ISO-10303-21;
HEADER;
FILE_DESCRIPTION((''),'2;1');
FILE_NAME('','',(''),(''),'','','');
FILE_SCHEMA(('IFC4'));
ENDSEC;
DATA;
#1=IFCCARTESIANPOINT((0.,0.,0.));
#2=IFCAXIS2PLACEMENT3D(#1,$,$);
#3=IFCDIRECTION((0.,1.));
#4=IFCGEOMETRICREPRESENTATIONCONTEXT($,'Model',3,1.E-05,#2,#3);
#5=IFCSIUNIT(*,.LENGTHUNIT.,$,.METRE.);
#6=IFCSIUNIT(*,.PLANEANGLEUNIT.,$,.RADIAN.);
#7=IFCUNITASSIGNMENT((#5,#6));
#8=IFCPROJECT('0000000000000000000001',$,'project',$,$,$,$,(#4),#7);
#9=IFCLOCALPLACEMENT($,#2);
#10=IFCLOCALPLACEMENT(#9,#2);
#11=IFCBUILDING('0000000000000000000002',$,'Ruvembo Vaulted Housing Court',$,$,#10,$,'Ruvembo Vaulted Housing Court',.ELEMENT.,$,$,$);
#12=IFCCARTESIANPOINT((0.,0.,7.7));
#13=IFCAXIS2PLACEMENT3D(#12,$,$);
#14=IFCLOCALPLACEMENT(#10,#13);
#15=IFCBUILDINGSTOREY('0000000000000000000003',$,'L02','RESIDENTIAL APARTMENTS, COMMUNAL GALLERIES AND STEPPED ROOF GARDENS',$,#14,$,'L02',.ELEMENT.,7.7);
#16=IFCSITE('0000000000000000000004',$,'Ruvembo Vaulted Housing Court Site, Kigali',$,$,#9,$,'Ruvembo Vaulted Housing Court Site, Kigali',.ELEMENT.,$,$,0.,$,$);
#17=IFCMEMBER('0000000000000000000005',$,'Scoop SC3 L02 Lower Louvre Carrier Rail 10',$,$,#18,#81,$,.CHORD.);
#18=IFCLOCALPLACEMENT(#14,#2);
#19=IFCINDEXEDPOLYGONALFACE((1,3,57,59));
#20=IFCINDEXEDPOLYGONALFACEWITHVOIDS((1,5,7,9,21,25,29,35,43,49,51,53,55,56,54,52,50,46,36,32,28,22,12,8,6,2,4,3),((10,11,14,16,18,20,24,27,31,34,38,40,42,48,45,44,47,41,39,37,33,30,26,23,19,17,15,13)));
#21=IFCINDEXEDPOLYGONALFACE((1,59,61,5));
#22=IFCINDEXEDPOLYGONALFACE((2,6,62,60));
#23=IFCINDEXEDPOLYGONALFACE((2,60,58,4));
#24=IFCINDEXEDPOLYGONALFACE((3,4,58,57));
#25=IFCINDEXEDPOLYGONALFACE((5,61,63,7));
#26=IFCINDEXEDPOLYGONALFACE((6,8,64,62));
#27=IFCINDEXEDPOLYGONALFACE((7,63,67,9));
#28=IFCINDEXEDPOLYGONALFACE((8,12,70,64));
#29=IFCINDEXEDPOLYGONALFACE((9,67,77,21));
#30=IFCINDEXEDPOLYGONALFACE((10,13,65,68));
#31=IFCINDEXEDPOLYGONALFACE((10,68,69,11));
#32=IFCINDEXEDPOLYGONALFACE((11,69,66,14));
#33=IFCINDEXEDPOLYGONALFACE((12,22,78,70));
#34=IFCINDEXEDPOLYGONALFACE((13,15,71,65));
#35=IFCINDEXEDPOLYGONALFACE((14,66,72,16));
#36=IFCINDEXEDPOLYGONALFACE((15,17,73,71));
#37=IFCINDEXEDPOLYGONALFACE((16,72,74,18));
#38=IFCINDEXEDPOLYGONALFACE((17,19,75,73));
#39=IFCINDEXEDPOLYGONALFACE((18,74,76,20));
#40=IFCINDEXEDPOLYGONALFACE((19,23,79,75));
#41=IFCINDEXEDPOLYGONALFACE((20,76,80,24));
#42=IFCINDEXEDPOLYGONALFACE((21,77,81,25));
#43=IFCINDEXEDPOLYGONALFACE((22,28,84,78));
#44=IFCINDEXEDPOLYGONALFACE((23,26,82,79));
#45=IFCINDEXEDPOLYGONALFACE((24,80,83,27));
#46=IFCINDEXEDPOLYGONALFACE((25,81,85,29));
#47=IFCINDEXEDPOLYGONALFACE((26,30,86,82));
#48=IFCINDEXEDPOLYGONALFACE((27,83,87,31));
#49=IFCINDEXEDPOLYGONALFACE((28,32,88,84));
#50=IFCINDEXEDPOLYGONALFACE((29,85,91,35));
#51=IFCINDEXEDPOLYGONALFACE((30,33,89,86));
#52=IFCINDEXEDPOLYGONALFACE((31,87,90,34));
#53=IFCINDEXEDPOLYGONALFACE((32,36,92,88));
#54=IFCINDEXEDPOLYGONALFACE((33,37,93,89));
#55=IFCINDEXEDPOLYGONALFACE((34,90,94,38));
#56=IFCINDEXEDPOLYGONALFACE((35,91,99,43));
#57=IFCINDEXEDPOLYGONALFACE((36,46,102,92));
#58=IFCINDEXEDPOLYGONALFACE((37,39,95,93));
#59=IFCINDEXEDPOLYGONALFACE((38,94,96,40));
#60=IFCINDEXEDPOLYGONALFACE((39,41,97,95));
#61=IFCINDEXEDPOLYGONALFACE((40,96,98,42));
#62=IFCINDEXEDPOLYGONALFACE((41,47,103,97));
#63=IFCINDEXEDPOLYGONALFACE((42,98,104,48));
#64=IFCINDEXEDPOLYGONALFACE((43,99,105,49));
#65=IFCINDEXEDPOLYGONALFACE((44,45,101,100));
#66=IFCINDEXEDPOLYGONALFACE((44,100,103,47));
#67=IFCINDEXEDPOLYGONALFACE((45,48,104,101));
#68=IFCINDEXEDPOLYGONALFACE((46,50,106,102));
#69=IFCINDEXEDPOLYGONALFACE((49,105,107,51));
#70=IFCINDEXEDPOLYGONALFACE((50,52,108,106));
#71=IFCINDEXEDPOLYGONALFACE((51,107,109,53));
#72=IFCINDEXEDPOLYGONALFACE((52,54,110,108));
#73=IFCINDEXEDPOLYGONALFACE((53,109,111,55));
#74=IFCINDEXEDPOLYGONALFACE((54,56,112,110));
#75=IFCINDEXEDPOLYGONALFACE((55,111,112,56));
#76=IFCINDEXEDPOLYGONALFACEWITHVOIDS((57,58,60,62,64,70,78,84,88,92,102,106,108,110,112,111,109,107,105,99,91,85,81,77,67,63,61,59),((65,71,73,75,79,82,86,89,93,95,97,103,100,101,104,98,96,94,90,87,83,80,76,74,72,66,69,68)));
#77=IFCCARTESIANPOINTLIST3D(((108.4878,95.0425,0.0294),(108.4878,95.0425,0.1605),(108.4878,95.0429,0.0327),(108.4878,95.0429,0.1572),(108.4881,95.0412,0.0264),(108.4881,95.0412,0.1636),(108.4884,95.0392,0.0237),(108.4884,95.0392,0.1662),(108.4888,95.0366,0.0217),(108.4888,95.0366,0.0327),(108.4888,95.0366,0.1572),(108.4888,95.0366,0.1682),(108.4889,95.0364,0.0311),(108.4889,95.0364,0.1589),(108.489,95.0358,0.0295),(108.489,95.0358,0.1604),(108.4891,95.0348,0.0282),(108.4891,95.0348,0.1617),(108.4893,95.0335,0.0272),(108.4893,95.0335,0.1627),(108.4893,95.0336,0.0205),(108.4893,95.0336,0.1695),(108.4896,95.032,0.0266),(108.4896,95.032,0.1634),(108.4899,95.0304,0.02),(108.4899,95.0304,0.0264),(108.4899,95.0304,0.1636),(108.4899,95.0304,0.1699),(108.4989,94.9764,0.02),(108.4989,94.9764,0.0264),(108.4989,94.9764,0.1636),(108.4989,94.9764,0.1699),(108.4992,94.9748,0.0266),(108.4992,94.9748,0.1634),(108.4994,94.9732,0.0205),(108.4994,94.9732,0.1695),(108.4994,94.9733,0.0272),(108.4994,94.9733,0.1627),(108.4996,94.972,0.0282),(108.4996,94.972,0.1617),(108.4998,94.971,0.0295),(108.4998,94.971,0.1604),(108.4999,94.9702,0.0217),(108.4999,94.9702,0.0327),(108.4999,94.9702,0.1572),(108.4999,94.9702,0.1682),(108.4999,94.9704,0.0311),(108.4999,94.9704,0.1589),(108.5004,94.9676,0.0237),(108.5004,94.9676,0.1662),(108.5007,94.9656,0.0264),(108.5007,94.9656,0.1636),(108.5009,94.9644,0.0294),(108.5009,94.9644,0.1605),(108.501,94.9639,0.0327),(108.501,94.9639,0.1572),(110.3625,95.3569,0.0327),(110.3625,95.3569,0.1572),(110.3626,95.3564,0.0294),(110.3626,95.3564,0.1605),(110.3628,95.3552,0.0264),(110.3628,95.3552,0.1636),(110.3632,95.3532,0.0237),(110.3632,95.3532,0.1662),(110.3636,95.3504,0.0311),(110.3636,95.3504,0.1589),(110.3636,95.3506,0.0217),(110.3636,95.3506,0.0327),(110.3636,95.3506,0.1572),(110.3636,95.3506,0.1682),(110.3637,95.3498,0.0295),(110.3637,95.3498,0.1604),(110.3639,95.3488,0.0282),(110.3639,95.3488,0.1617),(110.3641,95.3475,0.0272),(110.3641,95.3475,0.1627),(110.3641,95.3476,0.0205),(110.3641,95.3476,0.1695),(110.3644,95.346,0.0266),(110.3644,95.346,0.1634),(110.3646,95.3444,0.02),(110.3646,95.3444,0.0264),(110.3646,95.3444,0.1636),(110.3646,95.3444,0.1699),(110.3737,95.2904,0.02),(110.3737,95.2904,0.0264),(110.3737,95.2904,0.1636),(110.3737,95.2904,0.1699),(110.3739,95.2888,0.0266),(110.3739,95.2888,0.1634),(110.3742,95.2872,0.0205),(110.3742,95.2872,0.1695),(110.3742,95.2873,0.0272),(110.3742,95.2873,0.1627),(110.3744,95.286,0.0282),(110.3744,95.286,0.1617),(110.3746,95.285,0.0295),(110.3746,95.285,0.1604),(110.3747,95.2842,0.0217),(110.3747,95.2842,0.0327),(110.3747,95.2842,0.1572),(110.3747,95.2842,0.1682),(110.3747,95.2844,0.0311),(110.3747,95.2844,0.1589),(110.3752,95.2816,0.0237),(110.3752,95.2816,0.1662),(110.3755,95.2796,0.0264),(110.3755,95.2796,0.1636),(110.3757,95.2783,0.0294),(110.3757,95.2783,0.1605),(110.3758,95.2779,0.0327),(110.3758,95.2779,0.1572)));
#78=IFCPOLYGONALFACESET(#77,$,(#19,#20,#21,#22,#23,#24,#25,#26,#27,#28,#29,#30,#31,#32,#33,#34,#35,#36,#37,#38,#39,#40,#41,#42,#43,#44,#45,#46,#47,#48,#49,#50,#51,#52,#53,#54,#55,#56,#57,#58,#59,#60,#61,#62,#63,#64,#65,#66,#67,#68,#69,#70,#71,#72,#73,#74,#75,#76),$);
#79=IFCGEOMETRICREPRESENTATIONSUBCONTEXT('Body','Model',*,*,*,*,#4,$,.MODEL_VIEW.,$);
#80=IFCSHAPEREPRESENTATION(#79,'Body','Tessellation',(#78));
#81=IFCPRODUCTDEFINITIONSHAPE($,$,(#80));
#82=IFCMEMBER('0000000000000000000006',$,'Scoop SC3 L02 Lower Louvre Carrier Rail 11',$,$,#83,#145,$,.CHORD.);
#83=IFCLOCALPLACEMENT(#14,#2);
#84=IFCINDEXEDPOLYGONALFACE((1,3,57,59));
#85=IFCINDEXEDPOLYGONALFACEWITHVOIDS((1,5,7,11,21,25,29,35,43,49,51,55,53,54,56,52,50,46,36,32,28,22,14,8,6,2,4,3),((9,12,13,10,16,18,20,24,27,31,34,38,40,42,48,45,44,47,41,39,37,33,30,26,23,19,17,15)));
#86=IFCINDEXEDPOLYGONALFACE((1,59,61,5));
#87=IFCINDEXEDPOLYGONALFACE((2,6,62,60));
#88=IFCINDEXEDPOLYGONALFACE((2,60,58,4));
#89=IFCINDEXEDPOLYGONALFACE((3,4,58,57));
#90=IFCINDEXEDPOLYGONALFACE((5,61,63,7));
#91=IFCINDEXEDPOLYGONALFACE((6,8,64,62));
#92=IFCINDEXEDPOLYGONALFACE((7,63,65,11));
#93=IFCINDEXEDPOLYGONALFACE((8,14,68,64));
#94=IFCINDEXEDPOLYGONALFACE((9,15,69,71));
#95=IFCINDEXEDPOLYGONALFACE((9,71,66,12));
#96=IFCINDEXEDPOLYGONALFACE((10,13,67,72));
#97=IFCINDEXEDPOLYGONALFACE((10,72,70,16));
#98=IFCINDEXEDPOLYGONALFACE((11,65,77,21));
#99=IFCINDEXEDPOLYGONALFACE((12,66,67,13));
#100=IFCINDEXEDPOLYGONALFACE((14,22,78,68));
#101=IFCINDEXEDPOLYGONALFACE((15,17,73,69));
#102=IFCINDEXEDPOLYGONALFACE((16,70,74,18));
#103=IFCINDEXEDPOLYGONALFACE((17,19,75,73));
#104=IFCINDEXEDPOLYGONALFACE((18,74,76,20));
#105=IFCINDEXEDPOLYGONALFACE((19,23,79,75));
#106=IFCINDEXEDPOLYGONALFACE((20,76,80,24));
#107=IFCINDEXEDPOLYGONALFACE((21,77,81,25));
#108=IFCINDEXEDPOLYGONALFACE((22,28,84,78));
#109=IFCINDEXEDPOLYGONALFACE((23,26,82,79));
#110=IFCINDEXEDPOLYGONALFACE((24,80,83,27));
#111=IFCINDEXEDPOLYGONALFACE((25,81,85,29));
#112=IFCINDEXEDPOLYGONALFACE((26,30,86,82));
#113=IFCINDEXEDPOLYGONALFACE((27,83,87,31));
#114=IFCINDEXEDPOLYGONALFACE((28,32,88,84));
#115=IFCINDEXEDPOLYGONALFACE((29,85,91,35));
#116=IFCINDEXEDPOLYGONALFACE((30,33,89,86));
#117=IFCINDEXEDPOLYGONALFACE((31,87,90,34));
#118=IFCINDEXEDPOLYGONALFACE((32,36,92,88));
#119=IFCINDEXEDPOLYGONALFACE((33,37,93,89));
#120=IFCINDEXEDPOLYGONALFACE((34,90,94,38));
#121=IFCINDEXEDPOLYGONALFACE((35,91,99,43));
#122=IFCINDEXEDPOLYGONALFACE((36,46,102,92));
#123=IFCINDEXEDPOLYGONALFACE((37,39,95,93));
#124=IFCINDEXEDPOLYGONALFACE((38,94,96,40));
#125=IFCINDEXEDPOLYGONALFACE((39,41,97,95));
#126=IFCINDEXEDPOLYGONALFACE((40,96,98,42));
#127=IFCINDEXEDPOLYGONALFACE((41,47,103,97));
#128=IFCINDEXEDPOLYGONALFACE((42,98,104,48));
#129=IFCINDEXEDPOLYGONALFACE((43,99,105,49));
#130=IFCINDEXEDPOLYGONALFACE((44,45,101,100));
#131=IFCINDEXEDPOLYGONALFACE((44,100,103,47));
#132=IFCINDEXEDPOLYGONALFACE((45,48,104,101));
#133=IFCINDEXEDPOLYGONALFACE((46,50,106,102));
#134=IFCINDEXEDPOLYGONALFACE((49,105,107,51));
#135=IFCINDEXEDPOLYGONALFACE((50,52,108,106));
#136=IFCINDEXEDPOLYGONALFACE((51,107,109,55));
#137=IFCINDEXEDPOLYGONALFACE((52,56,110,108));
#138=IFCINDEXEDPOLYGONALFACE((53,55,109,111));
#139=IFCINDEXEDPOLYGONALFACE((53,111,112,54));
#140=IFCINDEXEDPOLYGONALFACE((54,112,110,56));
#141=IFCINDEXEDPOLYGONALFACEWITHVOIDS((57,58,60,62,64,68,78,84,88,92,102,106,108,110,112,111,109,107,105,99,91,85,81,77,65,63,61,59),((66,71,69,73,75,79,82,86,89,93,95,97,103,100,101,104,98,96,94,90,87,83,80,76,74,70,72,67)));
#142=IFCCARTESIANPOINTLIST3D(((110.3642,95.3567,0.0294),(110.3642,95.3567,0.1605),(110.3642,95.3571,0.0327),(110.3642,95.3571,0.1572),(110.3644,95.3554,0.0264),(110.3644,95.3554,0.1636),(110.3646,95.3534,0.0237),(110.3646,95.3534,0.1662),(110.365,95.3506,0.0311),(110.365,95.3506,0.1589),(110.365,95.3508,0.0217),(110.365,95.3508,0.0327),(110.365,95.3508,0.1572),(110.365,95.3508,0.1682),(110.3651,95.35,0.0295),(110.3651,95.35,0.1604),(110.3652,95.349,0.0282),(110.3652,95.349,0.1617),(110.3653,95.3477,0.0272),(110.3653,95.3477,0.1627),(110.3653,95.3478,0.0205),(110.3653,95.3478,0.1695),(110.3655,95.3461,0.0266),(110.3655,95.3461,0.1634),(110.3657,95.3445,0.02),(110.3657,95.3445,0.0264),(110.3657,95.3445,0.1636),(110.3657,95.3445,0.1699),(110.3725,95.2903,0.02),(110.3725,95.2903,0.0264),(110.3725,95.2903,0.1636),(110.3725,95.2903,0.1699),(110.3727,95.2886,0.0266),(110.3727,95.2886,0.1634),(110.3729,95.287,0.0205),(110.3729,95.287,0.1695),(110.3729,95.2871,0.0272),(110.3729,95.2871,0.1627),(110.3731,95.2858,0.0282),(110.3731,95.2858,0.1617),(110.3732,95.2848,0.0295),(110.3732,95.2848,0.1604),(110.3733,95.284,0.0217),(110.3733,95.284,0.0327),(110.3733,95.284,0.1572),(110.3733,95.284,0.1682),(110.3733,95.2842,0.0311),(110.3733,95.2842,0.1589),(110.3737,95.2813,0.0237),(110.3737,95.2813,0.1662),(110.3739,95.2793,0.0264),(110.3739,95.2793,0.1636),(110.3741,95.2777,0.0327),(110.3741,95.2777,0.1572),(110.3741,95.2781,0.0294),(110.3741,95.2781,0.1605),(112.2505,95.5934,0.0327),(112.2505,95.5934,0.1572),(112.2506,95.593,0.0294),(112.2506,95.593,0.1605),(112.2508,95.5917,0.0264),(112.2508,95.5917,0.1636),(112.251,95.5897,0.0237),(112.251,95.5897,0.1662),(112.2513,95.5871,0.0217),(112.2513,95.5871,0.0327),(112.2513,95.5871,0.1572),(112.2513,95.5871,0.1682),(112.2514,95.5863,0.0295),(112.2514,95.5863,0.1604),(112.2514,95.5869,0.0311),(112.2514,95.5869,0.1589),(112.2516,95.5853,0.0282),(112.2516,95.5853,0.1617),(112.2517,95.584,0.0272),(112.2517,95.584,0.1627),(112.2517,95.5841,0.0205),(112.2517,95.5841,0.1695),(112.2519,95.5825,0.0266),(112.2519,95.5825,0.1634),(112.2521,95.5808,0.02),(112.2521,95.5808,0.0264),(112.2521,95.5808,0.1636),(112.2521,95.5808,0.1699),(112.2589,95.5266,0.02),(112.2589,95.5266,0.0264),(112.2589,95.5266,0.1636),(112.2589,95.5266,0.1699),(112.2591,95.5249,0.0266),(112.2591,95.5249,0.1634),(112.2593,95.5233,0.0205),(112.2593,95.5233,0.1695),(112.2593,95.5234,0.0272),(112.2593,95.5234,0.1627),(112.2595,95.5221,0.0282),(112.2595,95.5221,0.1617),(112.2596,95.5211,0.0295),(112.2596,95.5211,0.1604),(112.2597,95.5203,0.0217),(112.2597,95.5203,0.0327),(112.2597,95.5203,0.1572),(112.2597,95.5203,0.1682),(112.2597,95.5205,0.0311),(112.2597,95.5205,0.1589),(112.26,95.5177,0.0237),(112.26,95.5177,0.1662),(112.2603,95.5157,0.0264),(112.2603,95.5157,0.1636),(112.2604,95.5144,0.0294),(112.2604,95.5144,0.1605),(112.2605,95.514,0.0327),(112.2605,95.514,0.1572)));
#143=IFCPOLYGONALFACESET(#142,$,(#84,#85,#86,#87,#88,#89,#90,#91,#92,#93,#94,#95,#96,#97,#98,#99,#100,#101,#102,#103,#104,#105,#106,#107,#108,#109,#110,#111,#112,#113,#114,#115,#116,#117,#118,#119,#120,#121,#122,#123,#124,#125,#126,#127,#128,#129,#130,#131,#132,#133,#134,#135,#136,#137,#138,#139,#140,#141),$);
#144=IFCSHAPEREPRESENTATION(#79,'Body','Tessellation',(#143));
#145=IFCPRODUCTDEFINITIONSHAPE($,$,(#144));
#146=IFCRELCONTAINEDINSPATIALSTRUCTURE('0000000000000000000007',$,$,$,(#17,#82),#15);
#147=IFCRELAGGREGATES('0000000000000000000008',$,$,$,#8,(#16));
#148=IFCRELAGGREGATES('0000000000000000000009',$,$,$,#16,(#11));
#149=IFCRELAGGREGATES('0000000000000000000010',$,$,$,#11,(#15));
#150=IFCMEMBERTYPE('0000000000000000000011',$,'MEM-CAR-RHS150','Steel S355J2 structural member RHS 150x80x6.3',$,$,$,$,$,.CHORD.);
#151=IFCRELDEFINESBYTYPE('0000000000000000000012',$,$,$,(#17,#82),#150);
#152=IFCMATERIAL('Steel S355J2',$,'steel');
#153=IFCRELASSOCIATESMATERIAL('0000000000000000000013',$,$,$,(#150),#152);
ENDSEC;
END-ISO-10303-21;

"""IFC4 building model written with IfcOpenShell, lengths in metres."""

from ifc_helpers import new_model, si_unit, direction, frame, origin, origin_2d, place, context, subcontext, project, spatial, hollow_rectangle, extrude, material, material_profile, profile_set, type_object, element, save


model = new_model("IFC4")

# Units and contexts
model_context = context("Model", 3, precision=1e-05, world=origin(), true_north=direction((0.0, 1.0)))
body_context = subcontext(model_context, "Body", "Model", "MODEL_VIEW")
ifc_project = project(units=[si_unit("LENGTHUNIT", "METRE"), si_unit("PLANEANGLEUNIT", "RADIAN")], contexts=[model_context])

# Site, building, storey
site_placement = place(None, origin())
site = spatial("IfcSite", under=ifc_project, at=site_placement, Name="Ruvembo Vaulted Housing Court Site, Kigali", LongName="Ruvembo Vaulted Housing Court Site, Kigali", CompositionType="ELEMENT", RefElevation=0.0)
building_placement = place(site_placement, origin())
building = spatial("IfcBuilding", under=site, at=building_placement, Name="Ruvembo Vaulted Housing Court", LongName="Ruvembo Vaulted Housing Court", CompositionType="ELEMENT")
storey_placement = place(building_placement, frame((0.0, 0.0, 7.7)))
storey = spatial("IfcBuildingStorey", under=building, at=storey_placement, Name="L02", Description="RESIDENTIAL APARTMENTS, COMMUNAL GALLERIES AND STEPPED ROOF GARDENS", LongName="L02", CompositionType="ELEMENT", Elevation=7.7)

# Shared definitions
ifc_material_1 = material(Name="Steel S355J2", Category="steel")

# Members
ifc_material_profile_1 = material_profile(ifc_material_1, hollow_rectangle(XDim=0.0801, YDim=0.1499, WallThickness=0.0063, InnerFilletRadius=0.0063, OuterFilletRadius=0.0127, at=origin_2d()), Name="RHS 150x80x6.3")
ifc_profile_set_1 = profile_set([ifc_material_profile_1], Name="Steel S355J2")
member_type_1 = type_object("IfcMemberType", Name="MEM-CAR-RHS150", Description="Steel S355J2 structural member RHS 150x80x6.3", PredefinedType="CHORD", material=ifc_profile_set_1)
member_1_placement = place(storey_placement, frame((108.4944, 95.0034, 0.095), z_axis=(0.986265, 0.16517, 0.0), x_axis=(-0.16517, 0.986265, 0.0)))
element("IfcMember", 1, at=member_1_placement, inside=storey, type_object=member_type_1, Name="Scoop SC3 L02 Lower Louvre Carrier Rail 10", PredefinedType="CHORD", context=body_context, shape_type="SweptSolid", body=[
    extrude(hollow_rectangle(XDim=0.0801, YDim=0.1499, WallThickness=0.0063, InnerFilletRadius=0.0063, OuterFilletRadius=0.0127, at=origin_2d()), origin(), (0.0, 0.0, 1.0), 1.9009),
])
for number, where, z_axis, x_axis, name in (
    (2, (110.3691, 95.3174, 0.095), (0.992244, 0.124303, 0.0), (-0.124303, 0.992244, 0.0), "Scoop SC3 L02 Lower Louvre Carrier Rail 11"),
):
    element("IfcMember", number, at=place(storey_placement, frame(where, z_axis=z_axis, x_axis=x_axis)), inside=storey, type_object=member_type_1, Name=name, PredefinedType="CHORD", context=body_context, shape_type="SweptSolid", body=[
        extrude(hollow_rectangle(XDim=0.0801, YDim=0.1499, WallThickness=0.0063, InnerFilletRadius=0.0063, OuterFilletRadius=0.0127, at=origin_2d()), origin(), (0.0, 0.0, 1.0), 1.9011),
    ])

save(model, "model.ifc")
